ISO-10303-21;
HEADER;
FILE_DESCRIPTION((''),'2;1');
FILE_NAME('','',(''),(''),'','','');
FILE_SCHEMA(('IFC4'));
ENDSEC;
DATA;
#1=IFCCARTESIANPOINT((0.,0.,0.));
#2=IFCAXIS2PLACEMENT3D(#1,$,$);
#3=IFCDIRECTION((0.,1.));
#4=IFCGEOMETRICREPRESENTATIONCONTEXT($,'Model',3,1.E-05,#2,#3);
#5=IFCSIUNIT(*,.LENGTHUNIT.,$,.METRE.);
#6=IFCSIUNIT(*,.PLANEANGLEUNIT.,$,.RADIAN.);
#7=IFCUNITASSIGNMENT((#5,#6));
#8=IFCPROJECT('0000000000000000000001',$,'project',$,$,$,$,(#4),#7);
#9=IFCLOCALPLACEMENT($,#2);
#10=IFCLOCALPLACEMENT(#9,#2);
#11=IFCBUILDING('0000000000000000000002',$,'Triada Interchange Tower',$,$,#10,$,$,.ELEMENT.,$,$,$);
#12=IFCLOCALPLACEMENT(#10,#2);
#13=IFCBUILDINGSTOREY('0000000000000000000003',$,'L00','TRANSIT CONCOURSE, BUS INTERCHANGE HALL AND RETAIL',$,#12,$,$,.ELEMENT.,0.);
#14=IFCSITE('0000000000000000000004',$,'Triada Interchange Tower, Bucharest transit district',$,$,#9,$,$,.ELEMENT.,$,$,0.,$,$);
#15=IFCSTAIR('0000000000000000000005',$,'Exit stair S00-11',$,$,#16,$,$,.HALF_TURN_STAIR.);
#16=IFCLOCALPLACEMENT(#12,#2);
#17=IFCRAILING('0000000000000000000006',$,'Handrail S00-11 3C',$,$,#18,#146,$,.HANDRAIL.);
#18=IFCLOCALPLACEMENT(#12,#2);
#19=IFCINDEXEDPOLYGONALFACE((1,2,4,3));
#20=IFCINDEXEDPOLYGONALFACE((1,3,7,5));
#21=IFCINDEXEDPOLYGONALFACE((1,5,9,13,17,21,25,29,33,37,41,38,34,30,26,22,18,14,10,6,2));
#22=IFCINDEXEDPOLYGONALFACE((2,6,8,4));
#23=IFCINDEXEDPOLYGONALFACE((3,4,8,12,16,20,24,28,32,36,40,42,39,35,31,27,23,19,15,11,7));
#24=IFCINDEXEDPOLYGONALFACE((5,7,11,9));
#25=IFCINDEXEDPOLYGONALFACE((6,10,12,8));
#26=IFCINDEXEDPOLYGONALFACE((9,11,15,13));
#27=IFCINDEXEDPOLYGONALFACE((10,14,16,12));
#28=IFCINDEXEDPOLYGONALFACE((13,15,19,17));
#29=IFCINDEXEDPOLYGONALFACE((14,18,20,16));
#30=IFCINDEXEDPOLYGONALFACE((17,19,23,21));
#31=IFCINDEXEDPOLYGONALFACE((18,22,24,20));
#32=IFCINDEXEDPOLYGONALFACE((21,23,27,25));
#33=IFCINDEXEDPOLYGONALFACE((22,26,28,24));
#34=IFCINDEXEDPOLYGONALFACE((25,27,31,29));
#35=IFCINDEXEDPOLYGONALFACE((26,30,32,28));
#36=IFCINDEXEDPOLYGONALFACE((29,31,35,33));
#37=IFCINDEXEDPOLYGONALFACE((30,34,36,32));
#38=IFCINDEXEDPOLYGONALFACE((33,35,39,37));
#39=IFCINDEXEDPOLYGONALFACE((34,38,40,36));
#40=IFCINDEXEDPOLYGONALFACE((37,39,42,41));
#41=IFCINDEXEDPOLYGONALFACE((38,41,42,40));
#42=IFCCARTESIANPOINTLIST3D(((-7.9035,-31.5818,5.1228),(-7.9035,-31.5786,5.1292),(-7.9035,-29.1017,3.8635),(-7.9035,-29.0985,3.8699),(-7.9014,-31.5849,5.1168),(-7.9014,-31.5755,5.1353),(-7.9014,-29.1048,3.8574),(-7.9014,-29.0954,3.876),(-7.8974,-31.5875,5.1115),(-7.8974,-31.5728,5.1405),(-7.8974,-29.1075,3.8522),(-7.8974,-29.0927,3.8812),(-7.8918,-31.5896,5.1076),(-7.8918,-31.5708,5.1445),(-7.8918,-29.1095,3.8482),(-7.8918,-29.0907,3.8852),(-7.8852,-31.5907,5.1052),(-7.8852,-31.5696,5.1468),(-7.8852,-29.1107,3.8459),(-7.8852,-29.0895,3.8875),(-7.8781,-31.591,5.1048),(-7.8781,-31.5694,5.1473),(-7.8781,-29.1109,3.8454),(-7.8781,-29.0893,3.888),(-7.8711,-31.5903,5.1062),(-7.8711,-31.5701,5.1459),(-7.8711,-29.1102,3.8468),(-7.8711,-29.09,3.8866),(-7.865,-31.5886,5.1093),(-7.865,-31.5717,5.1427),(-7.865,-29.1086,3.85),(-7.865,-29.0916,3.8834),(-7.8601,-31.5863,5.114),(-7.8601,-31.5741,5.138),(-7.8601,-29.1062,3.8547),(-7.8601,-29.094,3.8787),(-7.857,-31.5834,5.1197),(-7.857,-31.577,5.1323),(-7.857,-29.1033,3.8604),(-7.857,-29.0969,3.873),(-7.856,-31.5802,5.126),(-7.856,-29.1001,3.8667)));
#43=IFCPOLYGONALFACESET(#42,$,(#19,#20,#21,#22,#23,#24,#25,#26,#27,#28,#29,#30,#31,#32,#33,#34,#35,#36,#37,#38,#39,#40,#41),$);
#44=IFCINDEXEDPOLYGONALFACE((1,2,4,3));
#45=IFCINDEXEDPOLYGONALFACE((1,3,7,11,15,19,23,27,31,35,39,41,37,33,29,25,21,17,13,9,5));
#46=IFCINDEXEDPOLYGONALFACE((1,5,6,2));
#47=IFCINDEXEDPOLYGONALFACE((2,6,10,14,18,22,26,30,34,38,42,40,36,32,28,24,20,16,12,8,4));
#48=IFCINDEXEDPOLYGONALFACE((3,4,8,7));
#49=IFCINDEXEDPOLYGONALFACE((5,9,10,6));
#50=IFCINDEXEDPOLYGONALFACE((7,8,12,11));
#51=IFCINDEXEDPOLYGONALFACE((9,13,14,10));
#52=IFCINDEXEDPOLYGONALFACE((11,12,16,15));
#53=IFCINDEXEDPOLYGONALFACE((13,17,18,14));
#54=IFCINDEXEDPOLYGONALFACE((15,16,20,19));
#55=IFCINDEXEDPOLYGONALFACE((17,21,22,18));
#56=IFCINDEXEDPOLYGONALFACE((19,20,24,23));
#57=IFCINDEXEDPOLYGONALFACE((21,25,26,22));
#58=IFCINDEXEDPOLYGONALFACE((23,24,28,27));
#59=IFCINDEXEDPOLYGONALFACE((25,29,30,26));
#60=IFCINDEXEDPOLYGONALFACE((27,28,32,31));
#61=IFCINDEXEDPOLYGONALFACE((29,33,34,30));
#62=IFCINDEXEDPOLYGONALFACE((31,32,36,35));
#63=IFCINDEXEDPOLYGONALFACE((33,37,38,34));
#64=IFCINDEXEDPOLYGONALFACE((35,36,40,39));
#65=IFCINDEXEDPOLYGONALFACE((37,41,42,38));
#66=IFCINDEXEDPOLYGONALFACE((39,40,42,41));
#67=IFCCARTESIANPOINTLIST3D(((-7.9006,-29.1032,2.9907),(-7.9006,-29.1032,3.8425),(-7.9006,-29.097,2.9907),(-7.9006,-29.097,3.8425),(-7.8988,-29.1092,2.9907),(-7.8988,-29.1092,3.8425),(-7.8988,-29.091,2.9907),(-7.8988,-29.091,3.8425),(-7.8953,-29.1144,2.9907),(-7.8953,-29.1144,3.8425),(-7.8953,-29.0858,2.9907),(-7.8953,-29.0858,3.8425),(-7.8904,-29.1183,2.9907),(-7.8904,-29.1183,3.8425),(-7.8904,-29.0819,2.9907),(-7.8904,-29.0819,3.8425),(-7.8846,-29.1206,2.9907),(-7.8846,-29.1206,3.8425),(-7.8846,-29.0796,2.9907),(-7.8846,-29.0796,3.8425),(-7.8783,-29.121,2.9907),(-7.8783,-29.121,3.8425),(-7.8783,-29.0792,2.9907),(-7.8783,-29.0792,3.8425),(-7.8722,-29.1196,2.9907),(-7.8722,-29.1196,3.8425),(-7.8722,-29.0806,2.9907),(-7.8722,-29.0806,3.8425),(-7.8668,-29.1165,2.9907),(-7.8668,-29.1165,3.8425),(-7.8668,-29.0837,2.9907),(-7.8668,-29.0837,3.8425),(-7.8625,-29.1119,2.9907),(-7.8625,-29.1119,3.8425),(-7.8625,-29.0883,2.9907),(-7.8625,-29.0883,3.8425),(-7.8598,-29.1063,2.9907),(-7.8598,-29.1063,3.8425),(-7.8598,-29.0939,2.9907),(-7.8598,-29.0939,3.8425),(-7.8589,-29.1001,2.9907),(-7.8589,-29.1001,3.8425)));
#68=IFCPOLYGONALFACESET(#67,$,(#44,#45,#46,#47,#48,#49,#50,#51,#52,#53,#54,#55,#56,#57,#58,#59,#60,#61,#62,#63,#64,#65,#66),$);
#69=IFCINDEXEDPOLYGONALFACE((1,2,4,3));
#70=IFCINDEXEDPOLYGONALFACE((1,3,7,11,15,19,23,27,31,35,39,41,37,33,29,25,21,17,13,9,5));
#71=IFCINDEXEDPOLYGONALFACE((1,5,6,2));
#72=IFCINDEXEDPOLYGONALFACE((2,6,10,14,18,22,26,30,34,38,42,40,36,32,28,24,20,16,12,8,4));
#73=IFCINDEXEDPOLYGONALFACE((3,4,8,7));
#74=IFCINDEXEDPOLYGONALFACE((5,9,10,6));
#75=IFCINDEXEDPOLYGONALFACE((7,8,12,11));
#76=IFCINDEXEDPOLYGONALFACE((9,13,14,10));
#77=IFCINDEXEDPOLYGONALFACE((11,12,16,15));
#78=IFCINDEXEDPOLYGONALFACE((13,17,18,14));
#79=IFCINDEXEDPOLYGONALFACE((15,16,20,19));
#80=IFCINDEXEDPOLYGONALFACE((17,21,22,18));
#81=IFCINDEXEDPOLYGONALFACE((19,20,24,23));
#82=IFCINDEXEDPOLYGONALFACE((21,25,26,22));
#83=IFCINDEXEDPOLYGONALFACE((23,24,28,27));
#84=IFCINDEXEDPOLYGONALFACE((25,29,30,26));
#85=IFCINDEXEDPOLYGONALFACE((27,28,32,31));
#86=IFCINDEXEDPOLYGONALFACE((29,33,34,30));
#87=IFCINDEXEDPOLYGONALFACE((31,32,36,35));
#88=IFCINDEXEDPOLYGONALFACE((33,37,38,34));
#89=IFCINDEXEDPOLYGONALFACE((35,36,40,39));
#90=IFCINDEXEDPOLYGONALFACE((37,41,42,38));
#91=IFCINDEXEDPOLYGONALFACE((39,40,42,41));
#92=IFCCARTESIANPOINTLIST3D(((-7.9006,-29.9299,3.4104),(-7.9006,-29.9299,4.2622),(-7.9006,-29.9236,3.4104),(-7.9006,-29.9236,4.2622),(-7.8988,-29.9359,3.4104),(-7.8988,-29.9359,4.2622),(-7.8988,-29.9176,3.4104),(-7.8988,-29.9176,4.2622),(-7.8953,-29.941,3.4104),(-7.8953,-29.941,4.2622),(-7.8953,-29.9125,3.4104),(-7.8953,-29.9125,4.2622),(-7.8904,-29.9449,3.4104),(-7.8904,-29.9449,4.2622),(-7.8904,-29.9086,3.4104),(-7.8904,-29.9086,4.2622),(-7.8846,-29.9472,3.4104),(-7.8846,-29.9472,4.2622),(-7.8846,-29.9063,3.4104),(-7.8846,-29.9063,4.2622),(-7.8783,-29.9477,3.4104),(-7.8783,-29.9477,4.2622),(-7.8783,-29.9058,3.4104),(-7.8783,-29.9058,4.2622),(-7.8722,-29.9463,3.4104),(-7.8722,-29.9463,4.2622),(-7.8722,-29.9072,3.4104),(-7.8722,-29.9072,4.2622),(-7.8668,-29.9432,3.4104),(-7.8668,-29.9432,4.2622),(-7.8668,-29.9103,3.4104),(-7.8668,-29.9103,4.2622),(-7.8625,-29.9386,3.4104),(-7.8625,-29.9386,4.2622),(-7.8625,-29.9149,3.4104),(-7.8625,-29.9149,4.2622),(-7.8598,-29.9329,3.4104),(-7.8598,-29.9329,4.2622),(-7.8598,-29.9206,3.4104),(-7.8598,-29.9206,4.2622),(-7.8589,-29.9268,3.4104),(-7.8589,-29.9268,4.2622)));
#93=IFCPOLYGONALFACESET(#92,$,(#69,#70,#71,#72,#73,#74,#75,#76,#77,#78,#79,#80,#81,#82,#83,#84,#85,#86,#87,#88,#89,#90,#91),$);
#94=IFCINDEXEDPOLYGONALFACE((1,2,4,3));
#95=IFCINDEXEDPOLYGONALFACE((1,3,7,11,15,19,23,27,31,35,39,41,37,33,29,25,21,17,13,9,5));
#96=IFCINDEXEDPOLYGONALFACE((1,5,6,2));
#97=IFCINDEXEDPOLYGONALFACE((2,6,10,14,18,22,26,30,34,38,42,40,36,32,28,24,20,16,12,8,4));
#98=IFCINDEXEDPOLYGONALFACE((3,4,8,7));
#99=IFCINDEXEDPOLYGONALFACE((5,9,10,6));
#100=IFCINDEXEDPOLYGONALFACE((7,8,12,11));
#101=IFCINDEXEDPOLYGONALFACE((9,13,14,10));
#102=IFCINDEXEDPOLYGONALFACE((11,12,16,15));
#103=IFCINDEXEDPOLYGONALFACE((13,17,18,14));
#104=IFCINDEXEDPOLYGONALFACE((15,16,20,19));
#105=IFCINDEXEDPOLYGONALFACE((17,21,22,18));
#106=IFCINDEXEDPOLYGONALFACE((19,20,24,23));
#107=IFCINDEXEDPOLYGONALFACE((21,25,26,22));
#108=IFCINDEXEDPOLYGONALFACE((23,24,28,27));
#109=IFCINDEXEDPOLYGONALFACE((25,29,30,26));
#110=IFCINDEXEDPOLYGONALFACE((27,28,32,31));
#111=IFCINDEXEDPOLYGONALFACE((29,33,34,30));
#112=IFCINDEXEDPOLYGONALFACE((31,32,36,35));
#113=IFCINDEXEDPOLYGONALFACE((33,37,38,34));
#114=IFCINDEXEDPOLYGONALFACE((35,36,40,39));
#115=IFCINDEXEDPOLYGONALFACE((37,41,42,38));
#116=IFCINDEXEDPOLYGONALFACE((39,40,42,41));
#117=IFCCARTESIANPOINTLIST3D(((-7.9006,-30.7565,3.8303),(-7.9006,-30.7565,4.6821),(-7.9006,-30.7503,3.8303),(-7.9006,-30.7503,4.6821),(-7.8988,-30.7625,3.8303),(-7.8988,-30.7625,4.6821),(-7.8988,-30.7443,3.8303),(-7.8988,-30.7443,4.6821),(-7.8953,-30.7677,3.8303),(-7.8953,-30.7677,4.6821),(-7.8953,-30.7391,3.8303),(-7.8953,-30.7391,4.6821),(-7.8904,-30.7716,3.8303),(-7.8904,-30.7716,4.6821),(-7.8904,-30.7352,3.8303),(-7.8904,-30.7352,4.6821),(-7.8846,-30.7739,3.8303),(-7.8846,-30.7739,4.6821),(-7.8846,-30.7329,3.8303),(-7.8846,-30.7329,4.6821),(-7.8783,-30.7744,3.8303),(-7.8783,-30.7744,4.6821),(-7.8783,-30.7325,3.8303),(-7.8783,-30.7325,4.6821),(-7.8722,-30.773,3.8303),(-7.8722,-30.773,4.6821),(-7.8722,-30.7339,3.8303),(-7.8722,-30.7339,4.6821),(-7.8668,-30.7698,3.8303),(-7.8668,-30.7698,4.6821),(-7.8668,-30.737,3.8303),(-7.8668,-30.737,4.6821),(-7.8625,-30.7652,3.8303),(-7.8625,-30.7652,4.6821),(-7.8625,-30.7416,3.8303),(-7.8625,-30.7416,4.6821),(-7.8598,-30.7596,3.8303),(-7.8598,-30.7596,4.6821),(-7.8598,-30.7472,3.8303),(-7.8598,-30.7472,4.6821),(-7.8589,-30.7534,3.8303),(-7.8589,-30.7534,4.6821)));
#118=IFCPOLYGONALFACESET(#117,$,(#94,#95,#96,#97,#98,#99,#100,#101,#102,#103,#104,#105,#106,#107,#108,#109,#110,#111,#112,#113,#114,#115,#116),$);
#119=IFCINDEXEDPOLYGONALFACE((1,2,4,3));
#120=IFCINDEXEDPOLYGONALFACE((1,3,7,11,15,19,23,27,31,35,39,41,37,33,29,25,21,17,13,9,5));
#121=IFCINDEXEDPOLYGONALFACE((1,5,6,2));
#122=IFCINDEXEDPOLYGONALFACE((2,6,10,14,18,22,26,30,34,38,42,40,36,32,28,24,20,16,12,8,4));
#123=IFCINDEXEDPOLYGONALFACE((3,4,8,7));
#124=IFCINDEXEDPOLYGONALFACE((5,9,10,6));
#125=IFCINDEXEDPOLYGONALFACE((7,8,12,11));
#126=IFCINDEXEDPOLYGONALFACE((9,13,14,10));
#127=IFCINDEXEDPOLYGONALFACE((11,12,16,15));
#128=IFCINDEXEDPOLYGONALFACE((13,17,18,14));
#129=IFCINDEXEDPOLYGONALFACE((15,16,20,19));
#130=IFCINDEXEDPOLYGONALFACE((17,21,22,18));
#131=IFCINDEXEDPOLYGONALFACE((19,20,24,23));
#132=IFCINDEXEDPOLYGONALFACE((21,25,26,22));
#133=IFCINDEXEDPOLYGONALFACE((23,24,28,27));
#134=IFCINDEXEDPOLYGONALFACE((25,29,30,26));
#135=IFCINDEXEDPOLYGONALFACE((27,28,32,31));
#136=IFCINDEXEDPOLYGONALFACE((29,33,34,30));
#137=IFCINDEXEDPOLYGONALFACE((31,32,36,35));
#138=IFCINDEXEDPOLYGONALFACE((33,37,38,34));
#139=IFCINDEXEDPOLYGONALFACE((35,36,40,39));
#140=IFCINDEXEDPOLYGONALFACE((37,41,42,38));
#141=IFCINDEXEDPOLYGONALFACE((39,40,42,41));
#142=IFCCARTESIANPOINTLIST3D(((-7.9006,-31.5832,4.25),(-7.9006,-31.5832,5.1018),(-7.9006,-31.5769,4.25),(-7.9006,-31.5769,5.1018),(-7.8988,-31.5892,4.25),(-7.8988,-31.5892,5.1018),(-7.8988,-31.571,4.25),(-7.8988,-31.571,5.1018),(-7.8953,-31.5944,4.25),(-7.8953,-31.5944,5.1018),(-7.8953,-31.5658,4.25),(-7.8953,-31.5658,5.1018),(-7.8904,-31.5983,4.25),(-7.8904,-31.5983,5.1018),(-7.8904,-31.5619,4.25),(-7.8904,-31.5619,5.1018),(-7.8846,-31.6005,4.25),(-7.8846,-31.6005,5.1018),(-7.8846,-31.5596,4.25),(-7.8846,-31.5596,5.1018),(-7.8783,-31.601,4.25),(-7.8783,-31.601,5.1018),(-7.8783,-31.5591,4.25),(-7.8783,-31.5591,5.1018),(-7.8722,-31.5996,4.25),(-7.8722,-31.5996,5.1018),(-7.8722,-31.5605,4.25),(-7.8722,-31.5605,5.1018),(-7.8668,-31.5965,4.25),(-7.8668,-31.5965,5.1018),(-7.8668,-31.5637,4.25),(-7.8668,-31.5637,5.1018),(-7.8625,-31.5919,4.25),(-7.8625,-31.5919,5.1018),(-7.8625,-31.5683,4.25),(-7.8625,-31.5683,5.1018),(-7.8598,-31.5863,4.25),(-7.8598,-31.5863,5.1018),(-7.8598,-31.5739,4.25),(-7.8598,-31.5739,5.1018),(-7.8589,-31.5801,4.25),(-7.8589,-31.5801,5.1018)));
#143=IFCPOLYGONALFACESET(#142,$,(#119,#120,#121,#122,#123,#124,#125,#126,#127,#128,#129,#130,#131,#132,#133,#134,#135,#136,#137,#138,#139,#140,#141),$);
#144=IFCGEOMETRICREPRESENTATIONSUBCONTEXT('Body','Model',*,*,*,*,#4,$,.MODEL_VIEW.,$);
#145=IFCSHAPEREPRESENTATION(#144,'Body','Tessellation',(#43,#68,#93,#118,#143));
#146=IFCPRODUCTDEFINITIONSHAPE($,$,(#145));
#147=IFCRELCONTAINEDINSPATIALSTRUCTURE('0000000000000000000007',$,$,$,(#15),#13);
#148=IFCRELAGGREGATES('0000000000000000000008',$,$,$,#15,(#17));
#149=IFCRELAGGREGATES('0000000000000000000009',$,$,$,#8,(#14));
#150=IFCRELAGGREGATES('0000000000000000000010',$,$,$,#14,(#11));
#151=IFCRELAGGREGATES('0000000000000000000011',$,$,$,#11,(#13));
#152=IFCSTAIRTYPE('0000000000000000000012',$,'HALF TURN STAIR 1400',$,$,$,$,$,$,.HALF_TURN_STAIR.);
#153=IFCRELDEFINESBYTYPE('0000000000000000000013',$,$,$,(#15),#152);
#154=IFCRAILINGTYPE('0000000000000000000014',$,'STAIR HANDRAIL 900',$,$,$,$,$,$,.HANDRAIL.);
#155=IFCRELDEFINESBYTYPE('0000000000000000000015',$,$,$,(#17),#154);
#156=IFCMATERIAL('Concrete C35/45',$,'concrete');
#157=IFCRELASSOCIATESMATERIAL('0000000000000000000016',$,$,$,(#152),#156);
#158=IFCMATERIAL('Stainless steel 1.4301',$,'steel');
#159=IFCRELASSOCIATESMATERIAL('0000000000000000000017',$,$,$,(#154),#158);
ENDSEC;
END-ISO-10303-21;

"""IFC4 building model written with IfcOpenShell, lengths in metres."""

from ifc_helpers import new_model, si_unit, direction, frame, origin, origin_2d, place, context, subcontext, project, spatial, circle, extrude, material, type_object, element, aggregate, save


model = new_model("IFC4")

# Units and contexts
model_context = context("Model", 3, precision=1e-05, world=origin(), true_north=direction((0.0, 1.0)))
body_context = subcontext(model_context, "Body", "Model", "MODEL_VIEW")
ifc_project = project(units=[si_unit("LENGTHUNIT", "METRE"), si_unit("PLANEANGLEUNIT", "RADIAN")], contexts=[model_context])

# Site, building, storey
site_placement = place(None, origin())
site = spatial("IfcSite", under=ifc_project, at=site_placement, Name="Triada Interchange Tower, Bucharest transit district", CompositionType="ELEMENT", RefElevation=0.0)
building_placement = place(site_placement, origin())
building = spatial("IfcBuilding", under=site, at=building_placement, Name="Triada Interchange Tower", CompositionType="ELEMENT")
storey_placement = place(building_placement, origin())
storey = spatial("IfcBuildingStorey", under=building, at=storey_placement, Name="L00", Description="TRANSIT CONCOURSE, BUS INTERCHANGE HALL AND RETAIL", CompositionType="ELEMENT", Elevation=0.0)

# Stair, railing
ifc_material_1 = material(Name="Concrete C35/45", Category="concrete")
stair_type = type_object("IfcStairType", Name="HALF TURN STAIR 1400", PredefinedType="HALF_TURN_STAIR", material=ifc_material_1)
stair_placement = place(storey_placement, origin())
stair = element("IfcStair", 1, at=stair_placement, inside=storey, type_object=stair_type, Name="Exit stair S00-11", PredefinedType="HALF_TURN_STAIR")
ifc_material_2 = material(Name="Stainless steel 1.4301", Category="steel")
railing_type = type_object("IfcRailingType", Name="STAIR HANDRAIL 900", PredefinedType="HANDRAIL", material=ifc_material_2)
railing_1_placement = place(storey_placement, frame((-7.8799, -29.1001, 2.9907)))
railing_1 = element("IfcRailing", 2, at=railing_1_placement, type_object=railing_type, Name="Handrail S00-11 3C", PredefinedType="HANDRAIL", context=body_context, shape_type="SweptSolid", body=[
    extrude(circle(Radius=0.0239, at=origin_2d()), frame((0.0, 0.0, 0.876), z_axis=(0.0, -0.891636, 0.452752), x_axis=(1.0, 0.0, 0.0)), (0.0, 0.0, 1.0), 2.7815),
    extrude(circle(Radius=0.021, at=origin_2d()), origin(), (0.0, 0.0, 1.0), 0.8518),
    extrude(circle(Radius=0.021, at=origin_2d()), frame((0.0, -0.8267, 0.4197)), (0.0, 0.0, 1.0), 0.8518),
    extrude(circle(Radius=0.021, at=origin_2d()), frame((0.0, -1.6533, 0.8396)), (0.0, 0.0, 1.0), 0.8518),
    extrude(circle(Radius=0.021, at=origin_2d()), frame((0.0, -2.48, 1.2593)), (0.0, 0.0, 1.0), 0.8518),
])
aggregate(stair, [railing_1])

save(model, "model.ifc")
